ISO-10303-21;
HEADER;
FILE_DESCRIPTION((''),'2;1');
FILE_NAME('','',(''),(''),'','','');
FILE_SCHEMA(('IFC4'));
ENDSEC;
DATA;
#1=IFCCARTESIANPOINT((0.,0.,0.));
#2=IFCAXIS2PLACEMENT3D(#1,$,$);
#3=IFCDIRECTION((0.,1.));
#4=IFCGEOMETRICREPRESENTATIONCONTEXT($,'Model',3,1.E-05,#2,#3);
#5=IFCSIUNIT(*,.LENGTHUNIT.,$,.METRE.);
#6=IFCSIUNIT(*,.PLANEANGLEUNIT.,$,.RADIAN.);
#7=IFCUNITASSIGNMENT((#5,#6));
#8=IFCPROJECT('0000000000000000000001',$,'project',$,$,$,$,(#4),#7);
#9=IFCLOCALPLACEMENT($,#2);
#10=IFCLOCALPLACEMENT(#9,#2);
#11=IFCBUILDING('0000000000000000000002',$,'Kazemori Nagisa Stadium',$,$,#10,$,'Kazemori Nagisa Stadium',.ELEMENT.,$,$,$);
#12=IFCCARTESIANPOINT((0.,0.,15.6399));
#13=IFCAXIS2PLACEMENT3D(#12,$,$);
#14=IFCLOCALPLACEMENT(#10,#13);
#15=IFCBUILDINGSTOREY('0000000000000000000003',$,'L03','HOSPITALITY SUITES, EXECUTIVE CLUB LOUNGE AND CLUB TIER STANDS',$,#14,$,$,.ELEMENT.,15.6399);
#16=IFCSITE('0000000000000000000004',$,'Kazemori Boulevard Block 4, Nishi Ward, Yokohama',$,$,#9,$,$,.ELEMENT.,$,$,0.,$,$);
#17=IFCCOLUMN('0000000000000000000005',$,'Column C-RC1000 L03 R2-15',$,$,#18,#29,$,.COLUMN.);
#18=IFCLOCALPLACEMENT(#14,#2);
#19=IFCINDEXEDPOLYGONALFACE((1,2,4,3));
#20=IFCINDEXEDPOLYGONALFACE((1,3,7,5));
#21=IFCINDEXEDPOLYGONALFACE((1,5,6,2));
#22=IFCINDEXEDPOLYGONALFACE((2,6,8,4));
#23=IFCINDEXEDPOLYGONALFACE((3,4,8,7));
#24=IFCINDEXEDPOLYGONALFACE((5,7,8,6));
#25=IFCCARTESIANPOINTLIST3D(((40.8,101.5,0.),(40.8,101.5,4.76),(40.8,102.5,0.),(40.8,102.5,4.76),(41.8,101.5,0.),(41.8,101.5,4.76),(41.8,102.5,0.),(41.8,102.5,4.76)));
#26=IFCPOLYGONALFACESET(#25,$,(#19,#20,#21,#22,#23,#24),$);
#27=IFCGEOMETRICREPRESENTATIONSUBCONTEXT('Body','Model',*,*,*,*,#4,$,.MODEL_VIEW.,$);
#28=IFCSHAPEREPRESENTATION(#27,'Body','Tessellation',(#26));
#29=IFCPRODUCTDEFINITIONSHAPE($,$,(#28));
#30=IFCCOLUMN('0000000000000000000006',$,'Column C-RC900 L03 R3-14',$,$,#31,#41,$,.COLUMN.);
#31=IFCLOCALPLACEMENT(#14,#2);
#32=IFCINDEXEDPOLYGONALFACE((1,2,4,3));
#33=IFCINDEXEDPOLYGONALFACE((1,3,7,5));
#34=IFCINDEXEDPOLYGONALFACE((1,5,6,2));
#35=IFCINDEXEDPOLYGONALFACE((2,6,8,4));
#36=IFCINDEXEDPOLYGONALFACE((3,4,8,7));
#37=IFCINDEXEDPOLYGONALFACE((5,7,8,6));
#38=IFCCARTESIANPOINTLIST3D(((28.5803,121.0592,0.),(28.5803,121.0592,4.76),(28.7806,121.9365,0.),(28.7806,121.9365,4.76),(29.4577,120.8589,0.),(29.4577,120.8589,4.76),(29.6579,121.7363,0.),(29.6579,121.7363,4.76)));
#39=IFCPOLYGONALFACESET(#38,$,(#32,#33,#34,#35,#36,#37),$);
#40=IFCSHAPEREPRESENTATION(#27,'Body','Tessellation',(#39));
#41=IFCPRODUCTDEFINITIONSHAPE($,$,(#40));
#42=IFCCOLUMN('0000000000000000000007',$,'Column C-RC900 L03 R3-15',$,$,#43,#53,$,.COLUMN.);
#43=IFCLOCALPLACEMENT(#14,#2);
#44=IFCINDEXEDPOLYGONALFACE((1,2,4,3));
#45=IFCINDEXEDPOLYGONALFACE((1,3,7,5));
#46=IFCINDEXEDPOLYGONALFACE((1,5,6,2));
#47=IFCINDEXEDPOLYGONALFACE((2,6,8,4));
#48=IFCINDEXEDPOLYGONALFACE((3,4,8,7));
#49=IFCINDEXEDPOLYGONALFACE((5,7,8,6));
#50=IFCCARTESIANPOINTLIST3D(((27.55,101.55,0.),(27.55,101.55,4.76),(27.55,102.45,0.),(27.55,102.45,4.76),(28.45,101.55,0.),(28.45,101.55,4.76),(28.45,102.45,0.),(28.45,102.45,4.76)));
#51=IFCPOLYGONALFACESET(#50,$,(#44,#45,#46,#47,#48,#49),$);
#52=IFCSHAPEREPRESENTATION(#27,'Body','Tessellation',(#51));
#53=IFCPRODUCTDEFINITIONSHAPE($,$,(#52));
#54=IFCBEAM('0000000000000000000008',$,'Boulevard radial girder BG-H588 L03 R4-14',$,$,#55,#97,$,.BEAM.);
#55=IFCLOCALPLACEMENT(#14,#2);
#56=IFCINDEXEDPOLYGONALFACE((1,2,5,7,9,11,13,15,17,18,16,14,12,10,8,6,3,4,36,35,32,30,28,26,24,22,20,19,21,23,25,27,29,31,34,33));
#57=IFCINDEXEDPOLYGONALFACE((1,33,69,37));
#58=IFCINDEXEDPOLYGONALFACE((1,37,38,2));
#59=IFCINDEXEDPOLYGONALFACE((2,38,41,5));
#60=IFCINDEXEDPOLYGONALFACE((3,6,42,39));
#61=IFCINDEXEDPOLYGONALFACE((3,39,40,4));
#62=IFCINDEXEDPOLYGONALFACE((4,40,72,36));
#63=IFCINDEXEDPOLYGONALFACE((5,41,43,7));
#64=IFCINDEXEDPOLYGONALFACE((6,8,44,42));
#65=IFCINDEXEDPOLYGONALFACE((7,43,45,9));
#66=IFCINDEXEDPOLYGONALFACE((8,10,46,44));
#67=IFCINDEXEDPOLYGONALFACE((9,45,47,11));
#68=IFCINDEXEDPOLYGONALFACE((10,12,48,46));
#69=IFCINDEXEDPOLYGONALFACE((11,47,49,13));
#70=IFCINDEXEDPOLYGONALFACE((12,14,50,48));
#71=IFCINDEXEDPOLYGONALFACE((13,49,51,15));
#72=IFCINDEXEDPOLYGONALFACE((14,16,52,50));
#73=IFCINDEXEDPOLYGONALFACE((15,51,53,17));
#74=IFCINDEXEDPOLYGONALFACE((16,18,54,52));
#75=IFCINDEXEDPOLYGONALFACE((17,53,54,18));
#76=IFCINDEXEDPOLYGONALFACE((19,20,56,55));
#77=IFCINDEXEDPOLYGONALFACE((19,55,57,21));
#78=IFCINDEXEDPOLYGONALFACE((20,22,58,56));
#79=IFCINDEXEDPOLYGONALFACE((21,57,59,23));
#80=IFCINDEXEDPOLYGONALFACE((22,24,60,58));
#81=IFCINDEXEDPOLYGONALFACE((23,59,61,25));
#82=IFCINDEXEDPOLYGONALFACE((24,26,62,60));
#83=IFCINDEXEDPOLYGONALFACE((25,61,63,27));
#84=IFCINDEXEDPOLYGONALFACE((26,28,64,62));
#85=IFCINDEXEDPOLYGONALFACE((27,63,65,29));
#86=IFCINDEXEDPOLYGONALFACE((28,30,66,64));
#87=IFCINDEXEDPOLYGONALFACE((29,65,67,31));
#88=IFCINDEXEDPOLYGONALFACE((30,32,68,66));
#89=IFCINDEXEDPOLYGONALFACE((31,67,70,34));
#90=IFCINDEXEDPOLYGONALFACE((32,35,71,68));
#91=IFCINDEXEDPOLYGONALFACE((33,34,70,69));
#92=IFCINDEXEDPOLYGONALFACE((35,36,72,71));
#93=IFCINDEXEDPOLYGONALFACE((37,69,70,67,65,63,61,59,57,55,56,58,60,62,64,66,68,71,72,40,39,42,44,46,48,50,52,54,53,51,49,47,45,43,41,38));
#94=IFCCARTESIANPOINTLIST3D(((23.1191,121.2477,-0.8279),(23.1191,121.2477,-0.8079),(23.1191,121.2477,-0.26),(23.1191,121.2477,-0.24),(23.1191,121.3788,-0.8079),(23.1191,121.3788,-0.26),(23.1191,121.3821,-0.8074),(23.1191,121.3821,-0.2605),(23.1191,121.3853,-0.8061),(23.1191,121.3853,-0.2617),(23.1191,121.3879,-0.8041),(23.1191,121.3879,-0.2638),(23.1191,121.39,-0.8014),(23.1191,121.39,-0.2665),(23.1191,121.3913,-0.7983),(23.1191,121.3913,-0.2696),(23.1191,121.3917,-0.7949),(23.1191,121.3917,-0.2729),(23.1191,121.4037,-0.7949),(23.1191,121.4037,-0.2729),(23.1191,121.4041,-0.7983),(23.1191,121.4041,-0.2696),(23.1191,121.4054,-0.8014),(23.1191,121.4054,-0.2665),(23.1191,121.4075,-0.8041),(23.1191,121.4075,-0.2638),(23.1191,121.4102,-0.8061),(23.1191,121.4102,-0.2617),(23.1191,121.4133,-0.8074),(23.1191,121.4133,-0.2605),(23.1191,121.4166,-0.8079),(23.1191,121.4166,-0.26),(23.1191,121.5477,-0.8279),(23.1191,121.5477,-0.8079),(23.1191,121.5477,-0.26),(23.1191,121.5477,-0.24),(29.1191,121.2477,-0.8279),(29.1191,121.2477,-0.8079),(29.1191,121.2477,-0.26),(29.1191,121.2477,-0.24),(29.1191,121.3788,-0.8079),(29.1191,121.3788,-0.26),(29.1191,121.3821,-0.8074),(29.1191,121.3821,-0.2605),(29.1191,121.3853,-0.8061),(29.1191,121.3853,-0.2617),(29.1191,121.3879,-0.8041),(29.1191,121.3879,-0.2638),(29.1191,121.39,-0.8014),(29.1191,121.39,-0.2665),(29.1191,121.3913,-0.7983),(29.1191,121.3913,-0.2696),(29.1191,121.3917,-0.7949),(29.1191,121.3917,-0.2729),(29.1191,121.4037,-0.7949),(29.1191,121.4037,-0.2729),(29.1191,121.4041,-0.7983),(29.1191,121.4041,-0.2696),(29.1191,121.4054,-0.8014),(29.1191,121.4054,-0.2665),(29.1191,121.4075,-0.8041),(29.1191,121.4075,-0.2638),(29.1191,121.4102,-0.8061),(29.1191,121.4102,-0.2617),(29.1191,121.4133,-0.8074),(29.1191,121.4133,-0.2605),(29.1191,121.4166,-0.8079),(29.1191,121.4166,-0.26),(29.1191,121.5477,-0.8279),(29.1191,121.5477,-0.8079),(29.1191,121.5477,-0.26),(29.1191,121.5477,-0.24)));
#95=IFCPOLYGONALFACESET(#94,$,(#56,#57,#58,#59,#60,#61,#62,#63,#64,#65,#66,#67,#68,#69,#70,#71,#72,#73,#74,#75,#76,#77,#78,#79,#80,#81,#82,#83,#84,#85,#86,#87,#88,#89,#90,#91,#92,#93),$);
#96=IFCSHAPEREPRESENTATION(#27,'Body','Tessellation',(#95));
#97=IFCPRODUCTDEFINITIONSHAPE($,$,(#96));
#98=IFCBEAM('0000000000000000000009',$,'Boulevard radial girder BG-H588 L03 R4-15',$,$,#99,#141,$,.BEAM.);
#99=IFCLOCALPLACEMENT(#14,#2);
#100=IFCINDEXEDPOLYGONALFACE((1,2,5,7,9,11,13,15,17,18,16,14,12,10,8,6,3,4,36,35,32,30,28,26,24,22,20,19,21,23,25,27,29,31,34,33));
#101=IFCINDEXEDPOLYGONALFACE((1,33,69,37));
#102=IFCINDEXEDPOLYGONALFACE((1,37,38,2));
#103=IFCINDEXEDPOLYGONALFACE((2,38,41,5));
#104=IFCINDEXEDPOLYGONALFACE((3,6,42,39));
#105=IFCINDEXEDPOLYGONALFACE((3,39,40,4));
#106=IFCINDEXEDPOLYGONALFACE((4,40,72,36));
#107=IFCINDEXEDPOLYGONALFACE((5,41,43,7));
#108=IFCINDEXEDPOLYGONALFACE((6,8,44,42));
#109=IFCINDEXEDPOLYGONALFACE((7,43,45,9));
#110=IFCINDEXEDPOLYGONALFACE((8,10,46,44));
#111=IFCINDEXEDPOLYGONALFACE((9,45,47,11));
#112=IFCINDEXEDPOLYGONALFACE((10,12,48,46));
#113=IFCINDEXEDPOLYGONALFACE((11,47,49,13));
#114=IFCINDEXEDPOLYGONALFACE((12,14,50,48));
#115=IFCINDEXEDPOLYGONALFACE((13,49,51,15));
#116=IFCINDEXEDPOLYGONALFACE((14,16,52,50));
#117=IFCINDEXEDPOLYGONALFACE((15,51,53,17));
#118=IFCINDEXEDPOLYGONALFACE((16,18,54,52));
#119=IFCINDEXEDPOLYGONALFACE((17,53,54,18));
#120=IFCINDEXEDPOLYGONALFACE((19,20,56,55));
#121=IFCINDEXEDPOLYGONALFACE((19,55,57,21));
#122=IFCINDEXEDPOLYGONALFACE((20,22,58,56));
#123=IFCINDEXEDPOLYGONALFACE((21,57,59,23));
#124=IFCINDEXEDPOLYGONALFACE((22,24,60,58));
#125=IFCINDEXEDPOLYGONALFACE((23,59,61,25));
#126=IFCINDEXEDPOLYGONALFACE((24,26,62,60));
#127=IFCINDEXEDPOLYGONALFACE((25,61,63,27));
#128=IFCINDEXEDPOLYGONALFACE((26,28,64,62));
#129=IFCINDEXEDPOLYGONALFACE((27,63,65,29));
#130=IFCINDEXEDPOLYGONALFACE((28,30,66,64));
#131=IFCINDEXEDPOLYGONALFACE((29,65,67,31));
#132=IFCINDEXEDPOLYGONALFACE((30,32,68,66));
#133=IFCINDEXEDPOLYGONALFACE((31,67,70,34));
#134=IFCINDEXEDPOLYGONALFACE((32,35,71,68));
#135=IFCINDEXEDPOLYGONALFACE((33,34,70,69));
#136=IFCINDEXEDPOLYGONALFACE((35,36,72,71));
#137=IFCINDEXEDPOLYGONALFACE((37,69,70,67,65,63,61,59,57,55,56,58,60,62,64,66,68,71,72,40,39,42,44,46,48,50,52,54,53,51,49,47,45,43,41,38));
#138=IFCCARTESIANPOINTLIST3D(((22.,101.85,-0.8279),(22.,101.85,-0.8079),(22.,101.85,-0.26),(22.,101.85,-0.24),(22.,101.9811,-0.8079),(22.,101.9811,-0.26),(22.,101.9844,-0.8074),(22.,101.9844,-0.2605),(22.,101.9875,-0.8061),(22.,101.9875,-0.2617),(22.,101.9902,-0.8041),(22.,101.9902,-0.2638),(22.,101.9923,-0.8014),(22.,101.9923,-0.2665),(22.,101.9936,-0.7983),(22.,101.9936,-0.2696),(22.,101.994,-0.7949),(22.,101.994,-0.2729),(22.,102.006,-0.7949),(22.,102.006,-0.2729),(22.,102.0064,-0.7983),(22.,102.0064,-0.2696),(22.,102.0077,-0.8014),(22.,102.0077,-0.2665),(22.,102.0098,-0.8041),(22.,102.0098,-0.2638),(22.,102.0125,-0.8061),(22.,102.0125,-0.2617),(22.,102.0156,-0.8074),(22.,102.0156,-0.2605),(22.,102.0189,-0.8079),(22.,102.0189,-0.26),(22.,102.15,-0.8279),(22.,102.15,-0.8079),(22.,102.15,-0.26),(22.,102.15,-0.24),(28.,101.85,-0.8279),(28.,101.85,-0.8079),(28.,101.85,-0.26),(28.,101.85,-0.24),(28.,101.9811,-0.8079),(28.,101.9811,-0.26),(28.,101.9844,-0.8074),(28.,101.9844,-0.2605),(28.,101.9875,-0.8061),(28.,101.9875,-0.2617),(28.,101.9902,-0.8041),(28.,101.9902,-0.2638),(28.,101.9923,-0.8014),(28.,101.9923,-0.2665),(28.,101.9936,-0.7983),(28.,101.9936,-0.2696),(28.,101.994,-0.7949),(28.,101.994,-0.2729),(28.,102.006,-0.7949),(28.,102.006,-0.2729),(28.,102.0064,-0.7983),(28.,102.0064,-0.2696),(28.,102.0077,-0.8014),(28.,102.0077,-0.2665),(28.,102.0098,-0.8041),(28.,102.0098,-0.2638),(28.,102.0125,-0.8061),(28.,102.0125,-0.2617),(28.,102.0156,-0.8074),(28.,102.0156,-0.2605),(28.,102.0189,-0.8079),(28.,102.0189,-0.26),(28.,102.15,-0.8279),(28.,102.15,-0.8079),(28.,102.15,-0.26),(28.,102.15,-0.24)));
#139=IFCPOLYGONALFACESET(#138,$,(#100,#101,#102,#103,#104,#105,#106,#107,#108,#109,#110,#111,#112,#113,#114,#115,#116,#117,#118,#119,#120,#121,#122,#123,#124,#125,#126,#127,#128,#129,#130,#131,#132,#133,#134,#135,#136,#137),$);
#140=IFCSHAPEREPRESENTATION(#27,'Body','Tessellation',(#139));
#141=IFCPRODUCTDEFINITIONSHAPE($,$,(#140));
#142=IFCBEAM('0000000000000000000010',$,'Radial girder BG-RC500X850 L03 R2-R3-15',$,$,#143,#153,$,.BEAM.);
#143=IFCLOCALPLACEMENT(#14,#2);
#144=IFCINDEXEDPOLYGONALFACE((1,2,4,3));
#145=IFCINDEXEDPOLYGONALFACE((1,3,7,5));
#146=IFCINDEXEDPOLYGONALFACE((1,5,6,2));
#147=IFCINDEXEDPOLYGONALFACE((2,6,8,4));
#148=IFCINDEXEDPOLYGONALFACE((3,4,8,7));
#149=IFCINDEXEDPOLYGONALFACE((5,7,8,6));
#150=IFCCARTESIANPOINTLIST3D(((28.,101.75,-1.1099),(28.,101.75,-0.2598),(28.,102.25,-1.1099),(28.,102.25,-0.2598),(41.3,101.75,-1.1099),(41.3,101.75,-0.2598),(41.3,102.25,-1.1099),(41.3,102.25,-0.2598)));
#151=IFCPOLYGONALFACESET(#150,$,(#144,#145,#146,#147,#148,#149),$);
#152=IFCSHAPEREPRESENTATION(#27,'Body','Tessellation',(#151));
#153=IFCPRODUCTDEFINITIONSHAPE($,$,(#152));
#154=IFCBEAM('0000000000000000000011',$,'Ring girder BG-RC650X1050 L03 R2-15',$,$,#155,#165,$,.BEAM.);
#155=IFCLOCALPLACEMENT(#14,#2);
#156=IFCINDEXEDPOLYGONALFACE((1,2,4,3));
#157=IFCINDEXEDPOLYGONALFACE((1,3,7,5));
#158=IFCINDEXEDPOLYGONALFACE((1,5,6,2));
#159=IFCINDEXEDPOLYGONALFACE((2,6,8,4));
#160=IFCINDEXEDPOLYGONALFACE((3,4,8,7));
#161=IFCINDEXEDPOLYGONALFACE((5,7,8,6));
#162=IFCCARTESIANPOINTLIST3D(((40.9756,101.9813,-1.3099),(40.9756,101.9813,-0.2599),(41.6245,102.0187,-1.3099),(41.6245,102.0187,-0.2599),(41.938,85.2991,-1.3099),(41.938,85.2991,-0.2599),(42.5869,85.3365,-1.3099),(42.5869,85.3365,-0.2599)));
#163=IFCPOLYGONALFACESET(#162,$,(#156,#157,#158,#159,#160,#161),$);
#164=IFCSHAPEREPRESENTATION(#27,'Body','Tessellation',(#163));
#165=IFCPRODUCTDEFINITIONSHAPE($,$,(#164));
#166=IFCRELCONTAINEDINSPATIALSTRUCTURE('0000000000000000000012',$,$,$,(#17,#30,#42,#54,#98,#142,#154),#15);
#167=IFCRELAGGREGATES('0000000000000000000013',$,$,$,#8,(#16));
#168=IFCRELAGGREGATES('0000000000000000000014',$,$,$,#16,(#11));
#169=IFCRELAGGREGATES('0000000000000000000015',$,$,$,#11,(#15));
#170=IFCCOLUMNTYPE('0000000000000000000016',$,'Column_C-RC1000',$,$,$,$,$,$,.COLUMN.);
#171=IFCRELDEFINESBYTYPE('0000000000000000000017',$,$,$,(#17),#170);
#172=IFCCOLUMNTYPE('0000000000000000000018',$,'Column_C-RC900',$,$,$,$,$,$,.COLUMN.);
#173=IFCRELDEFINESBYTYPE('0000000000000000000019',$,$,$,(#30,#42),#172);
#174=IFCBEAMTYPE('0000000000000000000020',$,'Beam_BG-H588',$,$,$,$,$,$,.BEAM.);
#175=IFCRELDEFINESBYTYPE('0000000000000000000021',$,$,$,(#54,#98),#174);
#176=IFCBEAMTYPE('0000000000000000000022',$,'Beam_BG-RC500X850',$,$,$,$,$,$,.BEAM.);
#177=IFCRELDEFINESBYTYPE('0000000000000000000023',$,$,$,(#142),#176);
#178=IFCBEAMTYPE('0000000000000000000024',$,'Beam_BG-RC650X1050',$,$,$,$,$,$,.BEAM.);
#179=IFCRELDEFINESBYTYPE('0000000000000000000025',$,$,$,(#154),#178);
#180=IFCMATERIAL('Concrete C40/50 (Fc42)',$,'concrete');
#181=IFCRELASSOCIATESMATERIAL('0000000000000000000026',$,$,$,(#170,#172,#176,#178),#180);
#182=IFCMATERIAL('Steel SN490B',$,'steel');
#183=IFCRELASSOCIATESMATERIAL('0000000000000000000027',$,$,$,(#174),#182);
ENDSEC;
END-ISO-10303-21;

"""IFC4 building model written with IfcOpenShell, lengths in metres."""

from ifc_helpers import new_model, si_unit, direction, frame, origin, origin_2d, place, context, subcontext, project, spatial, rectangle, i_section, extrude, material, material_profile, profile_set, type_object, element, save


model = new_model("IFC4")

# Units and contexts
model_context = context("Model", 3, precision=1e-05, world=origin(), true_north=direction((0.0, 1.0)))
body_context = subcontext(model_context, "Body", "Model", "MODEL_VIEW")
ifc_project = project(units=[si_unit("LENGTHUNIT", "METRE"), si_unit("PLANEANGLEUNIT", "RADIAN")], contexts=[model_context])

# Site, building, storey
site_placement = place(None, origin())
site = spatial("IfcSite", under=ifc_project, at=site_placement, Name="Kazemori Boulevard Block 4, Nishi Ward, Yokohama", CompositionType="ELEMENT", RefElevation=0.0)
building_placement = place(site_placement, origin())
building = spatial("IfcBuilding", under=site, at=building_placement, Name="Kazemori Nagisa Stadium", LongName="Kazemori Nagisa Stadium", CompositionType="ELEMENT")
storey_placement = place(building_placement, frame((0.0, 0.0, 15.6399)))
storey = spatial("IfcBuildingStorey", under=building, at=storey_placement, Name="L03", Description="HOSPITALITY SUITES, EXECUTIVE CLUB LOUNGE AND CLUB TIER STANDS", CompositionType="ELEMENT", Elevation=15.6399)

# Columns
ifc_material_1 = material(Name="Concrete C40/50 (Fc42)", Category="concrete")
ifc_material_profile_1 = material_profile(ifc_material_1, rectangle(XDim=1.0, YDim=1.0, at=origin_2d()), Name="RC-COL-1000x1000")
ifc_profile_set_1 = profile_set([ifc_material_profile_1], Name="Concrete C40/50 (Fc42)")
column_type_1 = type_object("IfcColumnType", Name="Column_C-RC1000", PredefinedType="COLUMN", material=ifc_profile_set_1)
column_placement = place(storey_placement, frame((41.3, 102.0, 0.0), z_axis=(0.0, 0.0, 1.0), x_axis=(-1.0, 0.0, 0.0)))
element("IfcColumn", 1, at=column_placement, inside=storey, type_object=column_type_1, Name="Column C-RC1000 L03 R2-15", PredefinedType="COLUMN", context=body_context, shape_type="SweptSolid", body=[
    extrude(rectangle(XDim=1.0, YDim=1.0, at=origin_2d()), origin(), (0.0, 0.0, 1.0), 4.76),
])
ifc_material_profile_2 = material_profile(ifc_material_1, rectangle(XDim=0.8999, YDim=0.8999, at=origin_2d()), Name="RC-COL-900x900")
ifc_profile_set_2 = profile_set([ifc_material_profile_2], Name="Concrete C40/50 (Fc42)")
column_type_2 = type_object("IfcColumnType", Name="Column_C-RC900", PredefinedType="COLUMN", material=ifc_profile_set_2)
for number, where, z_axis, x_axis, name in (
    (2, (29.1191, 121.3977, 0.0), (0.0, 0.0, 1.0), (-0.974928, 0.222521, 0.0), "Column C-RC900 L03 R3-14"),
    (3, (28.0, 102.0, 0.0), (0.0, 0.0, 1.0), (-1.0, 0.0, 0.0), "Column C-RC900 L03 R3-15"),
):
    element("IfcColumn", number, at=place(storey_placement, frame(where, z_axis=z_axis, x_axis=x_axis)), inside=storey, type_object=column_type_2, Name=name, PredefinedType="COLUMN", context=body_context, shape_type="SweptSolid", body=[
        extrude(rectangle(XDim=0.8999, YDim=0.8999, at=origin_2d()), origin(), (0.0, 0.0, 1.0), 4.76),
    ])

# Beams
ifc_material_2 = material(Name="Steel SN490B", Category="steel")
ifc_material_profile_3 = material_profile(ifc_material_2, i_section(OverallWidth=0.3, OverallDepth=0.5879, WebThickness=0.012, FlangeThickness=0.02, FilletRadius=0.0129, at=origin_2d()), Name="H-588x300x12x20")
ifc_profile_set_3 = profile_set([ifc_material_profile_3], Name="Steel SN490B")
beam_type_1 = type_object("IfcBeamType", Name="Beam_BG-H588", PredefinedType="BEAM", material=ifc_profile_set_3)
for number, where, z_axis, x_axis, name in (
    (4, (29.1191, 121.3977, -0.5339), (-1.0, 0.0, 0.0), (0.0, -1.0, 0.0), "Boulevard radial girder BG-H588 L03 R4-14"),
    (5, (28.0, 102.0, -0.5339), (-1.0, 0.0, 0.0), (0.0, -1.0, 0.0), "Boulevard radial girder BG-H588 L03 R4-15"),
):
    element("IfcBeam", number, at=place(storey_placement, frame(where, z_axis=z_axis, x_axis=x_axis)), inside=storey, type_object=beam_type_1, Name=name, PredefinedType="BEAM", context=body_context, shape_type="SweptSolid", body=[
        extrude(i_section(OverallWidth=0.3, OverallDepth=0.5879, WebThickness=0.012, FlangeThickness=0.02, FilletRadius=0.0129, at=origin_2d()), origin(), (0.0, 0.0, 1.0), 6.0),
    ])
ifc_material_profile_4 = material_profile(ifc_material_1, rectangle(XDim=0.5, YDim=0.8501, at=origin_2d()), Name="RC-BM-500x850")
ifc_profile_set_4 = profile_set([ifc_material_profile_4], Name="Concrete C40/50 (Fc42)")
beam_type_2 = type_object("IfcBeamType", Name="Beam_BG-RC500X850", PredefinedType="BEAM", material=ifc_profile_set_4)
beam_1_placement = place(storey_placement, frame((41.3, 102.0, -0.6848), z_axis=(-1.0, 0.0, 0.0), x_axis=(0.0, -1.0, 0.0)))
element("IfcBeam", 6, at=beam_1_placement, inside=storey, type_object=beam_type_2, Name="Radial girder BG-RC500X850 L03 R2-R3-15", PredefinedType="BEAM", context=body_context, shape_type="SweptSolid", body=[
    extrude(rectangle(XDim=0.5, YDim=0.8501, at=origin_2d()), origin(), (0.0, 0.0, 1.0), 13.3),
])
ifc_material_profile_5 = material_profile(ifc_material_1, rectangle(XDim=0.6499, YDim=1.05, at=origin_2d()), Name="RC-BM-650x1050")
ifc_profile_set_5 = profile_set([ifc_material_profile_5], Name="Concrete C40/50 (Fc42)")
beam_type_3 = type_object("IfcBeamType", Name="Beam_BG-RC650X1050", PredefinedType="BEAM", material=ifc_profile_set_5)
beam_2_placement = place(storey_placement, frame((41.3, 102.0, -0.7849), z_axis=(0.057595, -0.99834, 0.0), x_axis=(0.99834, 0.057595, 0.0)))
element("IfcBeam", 7, at=beam_2_placement, inside=storey, type_object=beam_type_3, Name="Ring girder BG-RC650X1050 L03 R2-15", PredefinedType="BEAM", context=body_context, shape_type="SweptSolid", body=[
    extrude(rectangle(XDim=0.6499, YDim=1.05, at=origin_2d()), origin(), (0.0, 0.0, 1.0), 16.71),
])

save(model, "model.ifc")
